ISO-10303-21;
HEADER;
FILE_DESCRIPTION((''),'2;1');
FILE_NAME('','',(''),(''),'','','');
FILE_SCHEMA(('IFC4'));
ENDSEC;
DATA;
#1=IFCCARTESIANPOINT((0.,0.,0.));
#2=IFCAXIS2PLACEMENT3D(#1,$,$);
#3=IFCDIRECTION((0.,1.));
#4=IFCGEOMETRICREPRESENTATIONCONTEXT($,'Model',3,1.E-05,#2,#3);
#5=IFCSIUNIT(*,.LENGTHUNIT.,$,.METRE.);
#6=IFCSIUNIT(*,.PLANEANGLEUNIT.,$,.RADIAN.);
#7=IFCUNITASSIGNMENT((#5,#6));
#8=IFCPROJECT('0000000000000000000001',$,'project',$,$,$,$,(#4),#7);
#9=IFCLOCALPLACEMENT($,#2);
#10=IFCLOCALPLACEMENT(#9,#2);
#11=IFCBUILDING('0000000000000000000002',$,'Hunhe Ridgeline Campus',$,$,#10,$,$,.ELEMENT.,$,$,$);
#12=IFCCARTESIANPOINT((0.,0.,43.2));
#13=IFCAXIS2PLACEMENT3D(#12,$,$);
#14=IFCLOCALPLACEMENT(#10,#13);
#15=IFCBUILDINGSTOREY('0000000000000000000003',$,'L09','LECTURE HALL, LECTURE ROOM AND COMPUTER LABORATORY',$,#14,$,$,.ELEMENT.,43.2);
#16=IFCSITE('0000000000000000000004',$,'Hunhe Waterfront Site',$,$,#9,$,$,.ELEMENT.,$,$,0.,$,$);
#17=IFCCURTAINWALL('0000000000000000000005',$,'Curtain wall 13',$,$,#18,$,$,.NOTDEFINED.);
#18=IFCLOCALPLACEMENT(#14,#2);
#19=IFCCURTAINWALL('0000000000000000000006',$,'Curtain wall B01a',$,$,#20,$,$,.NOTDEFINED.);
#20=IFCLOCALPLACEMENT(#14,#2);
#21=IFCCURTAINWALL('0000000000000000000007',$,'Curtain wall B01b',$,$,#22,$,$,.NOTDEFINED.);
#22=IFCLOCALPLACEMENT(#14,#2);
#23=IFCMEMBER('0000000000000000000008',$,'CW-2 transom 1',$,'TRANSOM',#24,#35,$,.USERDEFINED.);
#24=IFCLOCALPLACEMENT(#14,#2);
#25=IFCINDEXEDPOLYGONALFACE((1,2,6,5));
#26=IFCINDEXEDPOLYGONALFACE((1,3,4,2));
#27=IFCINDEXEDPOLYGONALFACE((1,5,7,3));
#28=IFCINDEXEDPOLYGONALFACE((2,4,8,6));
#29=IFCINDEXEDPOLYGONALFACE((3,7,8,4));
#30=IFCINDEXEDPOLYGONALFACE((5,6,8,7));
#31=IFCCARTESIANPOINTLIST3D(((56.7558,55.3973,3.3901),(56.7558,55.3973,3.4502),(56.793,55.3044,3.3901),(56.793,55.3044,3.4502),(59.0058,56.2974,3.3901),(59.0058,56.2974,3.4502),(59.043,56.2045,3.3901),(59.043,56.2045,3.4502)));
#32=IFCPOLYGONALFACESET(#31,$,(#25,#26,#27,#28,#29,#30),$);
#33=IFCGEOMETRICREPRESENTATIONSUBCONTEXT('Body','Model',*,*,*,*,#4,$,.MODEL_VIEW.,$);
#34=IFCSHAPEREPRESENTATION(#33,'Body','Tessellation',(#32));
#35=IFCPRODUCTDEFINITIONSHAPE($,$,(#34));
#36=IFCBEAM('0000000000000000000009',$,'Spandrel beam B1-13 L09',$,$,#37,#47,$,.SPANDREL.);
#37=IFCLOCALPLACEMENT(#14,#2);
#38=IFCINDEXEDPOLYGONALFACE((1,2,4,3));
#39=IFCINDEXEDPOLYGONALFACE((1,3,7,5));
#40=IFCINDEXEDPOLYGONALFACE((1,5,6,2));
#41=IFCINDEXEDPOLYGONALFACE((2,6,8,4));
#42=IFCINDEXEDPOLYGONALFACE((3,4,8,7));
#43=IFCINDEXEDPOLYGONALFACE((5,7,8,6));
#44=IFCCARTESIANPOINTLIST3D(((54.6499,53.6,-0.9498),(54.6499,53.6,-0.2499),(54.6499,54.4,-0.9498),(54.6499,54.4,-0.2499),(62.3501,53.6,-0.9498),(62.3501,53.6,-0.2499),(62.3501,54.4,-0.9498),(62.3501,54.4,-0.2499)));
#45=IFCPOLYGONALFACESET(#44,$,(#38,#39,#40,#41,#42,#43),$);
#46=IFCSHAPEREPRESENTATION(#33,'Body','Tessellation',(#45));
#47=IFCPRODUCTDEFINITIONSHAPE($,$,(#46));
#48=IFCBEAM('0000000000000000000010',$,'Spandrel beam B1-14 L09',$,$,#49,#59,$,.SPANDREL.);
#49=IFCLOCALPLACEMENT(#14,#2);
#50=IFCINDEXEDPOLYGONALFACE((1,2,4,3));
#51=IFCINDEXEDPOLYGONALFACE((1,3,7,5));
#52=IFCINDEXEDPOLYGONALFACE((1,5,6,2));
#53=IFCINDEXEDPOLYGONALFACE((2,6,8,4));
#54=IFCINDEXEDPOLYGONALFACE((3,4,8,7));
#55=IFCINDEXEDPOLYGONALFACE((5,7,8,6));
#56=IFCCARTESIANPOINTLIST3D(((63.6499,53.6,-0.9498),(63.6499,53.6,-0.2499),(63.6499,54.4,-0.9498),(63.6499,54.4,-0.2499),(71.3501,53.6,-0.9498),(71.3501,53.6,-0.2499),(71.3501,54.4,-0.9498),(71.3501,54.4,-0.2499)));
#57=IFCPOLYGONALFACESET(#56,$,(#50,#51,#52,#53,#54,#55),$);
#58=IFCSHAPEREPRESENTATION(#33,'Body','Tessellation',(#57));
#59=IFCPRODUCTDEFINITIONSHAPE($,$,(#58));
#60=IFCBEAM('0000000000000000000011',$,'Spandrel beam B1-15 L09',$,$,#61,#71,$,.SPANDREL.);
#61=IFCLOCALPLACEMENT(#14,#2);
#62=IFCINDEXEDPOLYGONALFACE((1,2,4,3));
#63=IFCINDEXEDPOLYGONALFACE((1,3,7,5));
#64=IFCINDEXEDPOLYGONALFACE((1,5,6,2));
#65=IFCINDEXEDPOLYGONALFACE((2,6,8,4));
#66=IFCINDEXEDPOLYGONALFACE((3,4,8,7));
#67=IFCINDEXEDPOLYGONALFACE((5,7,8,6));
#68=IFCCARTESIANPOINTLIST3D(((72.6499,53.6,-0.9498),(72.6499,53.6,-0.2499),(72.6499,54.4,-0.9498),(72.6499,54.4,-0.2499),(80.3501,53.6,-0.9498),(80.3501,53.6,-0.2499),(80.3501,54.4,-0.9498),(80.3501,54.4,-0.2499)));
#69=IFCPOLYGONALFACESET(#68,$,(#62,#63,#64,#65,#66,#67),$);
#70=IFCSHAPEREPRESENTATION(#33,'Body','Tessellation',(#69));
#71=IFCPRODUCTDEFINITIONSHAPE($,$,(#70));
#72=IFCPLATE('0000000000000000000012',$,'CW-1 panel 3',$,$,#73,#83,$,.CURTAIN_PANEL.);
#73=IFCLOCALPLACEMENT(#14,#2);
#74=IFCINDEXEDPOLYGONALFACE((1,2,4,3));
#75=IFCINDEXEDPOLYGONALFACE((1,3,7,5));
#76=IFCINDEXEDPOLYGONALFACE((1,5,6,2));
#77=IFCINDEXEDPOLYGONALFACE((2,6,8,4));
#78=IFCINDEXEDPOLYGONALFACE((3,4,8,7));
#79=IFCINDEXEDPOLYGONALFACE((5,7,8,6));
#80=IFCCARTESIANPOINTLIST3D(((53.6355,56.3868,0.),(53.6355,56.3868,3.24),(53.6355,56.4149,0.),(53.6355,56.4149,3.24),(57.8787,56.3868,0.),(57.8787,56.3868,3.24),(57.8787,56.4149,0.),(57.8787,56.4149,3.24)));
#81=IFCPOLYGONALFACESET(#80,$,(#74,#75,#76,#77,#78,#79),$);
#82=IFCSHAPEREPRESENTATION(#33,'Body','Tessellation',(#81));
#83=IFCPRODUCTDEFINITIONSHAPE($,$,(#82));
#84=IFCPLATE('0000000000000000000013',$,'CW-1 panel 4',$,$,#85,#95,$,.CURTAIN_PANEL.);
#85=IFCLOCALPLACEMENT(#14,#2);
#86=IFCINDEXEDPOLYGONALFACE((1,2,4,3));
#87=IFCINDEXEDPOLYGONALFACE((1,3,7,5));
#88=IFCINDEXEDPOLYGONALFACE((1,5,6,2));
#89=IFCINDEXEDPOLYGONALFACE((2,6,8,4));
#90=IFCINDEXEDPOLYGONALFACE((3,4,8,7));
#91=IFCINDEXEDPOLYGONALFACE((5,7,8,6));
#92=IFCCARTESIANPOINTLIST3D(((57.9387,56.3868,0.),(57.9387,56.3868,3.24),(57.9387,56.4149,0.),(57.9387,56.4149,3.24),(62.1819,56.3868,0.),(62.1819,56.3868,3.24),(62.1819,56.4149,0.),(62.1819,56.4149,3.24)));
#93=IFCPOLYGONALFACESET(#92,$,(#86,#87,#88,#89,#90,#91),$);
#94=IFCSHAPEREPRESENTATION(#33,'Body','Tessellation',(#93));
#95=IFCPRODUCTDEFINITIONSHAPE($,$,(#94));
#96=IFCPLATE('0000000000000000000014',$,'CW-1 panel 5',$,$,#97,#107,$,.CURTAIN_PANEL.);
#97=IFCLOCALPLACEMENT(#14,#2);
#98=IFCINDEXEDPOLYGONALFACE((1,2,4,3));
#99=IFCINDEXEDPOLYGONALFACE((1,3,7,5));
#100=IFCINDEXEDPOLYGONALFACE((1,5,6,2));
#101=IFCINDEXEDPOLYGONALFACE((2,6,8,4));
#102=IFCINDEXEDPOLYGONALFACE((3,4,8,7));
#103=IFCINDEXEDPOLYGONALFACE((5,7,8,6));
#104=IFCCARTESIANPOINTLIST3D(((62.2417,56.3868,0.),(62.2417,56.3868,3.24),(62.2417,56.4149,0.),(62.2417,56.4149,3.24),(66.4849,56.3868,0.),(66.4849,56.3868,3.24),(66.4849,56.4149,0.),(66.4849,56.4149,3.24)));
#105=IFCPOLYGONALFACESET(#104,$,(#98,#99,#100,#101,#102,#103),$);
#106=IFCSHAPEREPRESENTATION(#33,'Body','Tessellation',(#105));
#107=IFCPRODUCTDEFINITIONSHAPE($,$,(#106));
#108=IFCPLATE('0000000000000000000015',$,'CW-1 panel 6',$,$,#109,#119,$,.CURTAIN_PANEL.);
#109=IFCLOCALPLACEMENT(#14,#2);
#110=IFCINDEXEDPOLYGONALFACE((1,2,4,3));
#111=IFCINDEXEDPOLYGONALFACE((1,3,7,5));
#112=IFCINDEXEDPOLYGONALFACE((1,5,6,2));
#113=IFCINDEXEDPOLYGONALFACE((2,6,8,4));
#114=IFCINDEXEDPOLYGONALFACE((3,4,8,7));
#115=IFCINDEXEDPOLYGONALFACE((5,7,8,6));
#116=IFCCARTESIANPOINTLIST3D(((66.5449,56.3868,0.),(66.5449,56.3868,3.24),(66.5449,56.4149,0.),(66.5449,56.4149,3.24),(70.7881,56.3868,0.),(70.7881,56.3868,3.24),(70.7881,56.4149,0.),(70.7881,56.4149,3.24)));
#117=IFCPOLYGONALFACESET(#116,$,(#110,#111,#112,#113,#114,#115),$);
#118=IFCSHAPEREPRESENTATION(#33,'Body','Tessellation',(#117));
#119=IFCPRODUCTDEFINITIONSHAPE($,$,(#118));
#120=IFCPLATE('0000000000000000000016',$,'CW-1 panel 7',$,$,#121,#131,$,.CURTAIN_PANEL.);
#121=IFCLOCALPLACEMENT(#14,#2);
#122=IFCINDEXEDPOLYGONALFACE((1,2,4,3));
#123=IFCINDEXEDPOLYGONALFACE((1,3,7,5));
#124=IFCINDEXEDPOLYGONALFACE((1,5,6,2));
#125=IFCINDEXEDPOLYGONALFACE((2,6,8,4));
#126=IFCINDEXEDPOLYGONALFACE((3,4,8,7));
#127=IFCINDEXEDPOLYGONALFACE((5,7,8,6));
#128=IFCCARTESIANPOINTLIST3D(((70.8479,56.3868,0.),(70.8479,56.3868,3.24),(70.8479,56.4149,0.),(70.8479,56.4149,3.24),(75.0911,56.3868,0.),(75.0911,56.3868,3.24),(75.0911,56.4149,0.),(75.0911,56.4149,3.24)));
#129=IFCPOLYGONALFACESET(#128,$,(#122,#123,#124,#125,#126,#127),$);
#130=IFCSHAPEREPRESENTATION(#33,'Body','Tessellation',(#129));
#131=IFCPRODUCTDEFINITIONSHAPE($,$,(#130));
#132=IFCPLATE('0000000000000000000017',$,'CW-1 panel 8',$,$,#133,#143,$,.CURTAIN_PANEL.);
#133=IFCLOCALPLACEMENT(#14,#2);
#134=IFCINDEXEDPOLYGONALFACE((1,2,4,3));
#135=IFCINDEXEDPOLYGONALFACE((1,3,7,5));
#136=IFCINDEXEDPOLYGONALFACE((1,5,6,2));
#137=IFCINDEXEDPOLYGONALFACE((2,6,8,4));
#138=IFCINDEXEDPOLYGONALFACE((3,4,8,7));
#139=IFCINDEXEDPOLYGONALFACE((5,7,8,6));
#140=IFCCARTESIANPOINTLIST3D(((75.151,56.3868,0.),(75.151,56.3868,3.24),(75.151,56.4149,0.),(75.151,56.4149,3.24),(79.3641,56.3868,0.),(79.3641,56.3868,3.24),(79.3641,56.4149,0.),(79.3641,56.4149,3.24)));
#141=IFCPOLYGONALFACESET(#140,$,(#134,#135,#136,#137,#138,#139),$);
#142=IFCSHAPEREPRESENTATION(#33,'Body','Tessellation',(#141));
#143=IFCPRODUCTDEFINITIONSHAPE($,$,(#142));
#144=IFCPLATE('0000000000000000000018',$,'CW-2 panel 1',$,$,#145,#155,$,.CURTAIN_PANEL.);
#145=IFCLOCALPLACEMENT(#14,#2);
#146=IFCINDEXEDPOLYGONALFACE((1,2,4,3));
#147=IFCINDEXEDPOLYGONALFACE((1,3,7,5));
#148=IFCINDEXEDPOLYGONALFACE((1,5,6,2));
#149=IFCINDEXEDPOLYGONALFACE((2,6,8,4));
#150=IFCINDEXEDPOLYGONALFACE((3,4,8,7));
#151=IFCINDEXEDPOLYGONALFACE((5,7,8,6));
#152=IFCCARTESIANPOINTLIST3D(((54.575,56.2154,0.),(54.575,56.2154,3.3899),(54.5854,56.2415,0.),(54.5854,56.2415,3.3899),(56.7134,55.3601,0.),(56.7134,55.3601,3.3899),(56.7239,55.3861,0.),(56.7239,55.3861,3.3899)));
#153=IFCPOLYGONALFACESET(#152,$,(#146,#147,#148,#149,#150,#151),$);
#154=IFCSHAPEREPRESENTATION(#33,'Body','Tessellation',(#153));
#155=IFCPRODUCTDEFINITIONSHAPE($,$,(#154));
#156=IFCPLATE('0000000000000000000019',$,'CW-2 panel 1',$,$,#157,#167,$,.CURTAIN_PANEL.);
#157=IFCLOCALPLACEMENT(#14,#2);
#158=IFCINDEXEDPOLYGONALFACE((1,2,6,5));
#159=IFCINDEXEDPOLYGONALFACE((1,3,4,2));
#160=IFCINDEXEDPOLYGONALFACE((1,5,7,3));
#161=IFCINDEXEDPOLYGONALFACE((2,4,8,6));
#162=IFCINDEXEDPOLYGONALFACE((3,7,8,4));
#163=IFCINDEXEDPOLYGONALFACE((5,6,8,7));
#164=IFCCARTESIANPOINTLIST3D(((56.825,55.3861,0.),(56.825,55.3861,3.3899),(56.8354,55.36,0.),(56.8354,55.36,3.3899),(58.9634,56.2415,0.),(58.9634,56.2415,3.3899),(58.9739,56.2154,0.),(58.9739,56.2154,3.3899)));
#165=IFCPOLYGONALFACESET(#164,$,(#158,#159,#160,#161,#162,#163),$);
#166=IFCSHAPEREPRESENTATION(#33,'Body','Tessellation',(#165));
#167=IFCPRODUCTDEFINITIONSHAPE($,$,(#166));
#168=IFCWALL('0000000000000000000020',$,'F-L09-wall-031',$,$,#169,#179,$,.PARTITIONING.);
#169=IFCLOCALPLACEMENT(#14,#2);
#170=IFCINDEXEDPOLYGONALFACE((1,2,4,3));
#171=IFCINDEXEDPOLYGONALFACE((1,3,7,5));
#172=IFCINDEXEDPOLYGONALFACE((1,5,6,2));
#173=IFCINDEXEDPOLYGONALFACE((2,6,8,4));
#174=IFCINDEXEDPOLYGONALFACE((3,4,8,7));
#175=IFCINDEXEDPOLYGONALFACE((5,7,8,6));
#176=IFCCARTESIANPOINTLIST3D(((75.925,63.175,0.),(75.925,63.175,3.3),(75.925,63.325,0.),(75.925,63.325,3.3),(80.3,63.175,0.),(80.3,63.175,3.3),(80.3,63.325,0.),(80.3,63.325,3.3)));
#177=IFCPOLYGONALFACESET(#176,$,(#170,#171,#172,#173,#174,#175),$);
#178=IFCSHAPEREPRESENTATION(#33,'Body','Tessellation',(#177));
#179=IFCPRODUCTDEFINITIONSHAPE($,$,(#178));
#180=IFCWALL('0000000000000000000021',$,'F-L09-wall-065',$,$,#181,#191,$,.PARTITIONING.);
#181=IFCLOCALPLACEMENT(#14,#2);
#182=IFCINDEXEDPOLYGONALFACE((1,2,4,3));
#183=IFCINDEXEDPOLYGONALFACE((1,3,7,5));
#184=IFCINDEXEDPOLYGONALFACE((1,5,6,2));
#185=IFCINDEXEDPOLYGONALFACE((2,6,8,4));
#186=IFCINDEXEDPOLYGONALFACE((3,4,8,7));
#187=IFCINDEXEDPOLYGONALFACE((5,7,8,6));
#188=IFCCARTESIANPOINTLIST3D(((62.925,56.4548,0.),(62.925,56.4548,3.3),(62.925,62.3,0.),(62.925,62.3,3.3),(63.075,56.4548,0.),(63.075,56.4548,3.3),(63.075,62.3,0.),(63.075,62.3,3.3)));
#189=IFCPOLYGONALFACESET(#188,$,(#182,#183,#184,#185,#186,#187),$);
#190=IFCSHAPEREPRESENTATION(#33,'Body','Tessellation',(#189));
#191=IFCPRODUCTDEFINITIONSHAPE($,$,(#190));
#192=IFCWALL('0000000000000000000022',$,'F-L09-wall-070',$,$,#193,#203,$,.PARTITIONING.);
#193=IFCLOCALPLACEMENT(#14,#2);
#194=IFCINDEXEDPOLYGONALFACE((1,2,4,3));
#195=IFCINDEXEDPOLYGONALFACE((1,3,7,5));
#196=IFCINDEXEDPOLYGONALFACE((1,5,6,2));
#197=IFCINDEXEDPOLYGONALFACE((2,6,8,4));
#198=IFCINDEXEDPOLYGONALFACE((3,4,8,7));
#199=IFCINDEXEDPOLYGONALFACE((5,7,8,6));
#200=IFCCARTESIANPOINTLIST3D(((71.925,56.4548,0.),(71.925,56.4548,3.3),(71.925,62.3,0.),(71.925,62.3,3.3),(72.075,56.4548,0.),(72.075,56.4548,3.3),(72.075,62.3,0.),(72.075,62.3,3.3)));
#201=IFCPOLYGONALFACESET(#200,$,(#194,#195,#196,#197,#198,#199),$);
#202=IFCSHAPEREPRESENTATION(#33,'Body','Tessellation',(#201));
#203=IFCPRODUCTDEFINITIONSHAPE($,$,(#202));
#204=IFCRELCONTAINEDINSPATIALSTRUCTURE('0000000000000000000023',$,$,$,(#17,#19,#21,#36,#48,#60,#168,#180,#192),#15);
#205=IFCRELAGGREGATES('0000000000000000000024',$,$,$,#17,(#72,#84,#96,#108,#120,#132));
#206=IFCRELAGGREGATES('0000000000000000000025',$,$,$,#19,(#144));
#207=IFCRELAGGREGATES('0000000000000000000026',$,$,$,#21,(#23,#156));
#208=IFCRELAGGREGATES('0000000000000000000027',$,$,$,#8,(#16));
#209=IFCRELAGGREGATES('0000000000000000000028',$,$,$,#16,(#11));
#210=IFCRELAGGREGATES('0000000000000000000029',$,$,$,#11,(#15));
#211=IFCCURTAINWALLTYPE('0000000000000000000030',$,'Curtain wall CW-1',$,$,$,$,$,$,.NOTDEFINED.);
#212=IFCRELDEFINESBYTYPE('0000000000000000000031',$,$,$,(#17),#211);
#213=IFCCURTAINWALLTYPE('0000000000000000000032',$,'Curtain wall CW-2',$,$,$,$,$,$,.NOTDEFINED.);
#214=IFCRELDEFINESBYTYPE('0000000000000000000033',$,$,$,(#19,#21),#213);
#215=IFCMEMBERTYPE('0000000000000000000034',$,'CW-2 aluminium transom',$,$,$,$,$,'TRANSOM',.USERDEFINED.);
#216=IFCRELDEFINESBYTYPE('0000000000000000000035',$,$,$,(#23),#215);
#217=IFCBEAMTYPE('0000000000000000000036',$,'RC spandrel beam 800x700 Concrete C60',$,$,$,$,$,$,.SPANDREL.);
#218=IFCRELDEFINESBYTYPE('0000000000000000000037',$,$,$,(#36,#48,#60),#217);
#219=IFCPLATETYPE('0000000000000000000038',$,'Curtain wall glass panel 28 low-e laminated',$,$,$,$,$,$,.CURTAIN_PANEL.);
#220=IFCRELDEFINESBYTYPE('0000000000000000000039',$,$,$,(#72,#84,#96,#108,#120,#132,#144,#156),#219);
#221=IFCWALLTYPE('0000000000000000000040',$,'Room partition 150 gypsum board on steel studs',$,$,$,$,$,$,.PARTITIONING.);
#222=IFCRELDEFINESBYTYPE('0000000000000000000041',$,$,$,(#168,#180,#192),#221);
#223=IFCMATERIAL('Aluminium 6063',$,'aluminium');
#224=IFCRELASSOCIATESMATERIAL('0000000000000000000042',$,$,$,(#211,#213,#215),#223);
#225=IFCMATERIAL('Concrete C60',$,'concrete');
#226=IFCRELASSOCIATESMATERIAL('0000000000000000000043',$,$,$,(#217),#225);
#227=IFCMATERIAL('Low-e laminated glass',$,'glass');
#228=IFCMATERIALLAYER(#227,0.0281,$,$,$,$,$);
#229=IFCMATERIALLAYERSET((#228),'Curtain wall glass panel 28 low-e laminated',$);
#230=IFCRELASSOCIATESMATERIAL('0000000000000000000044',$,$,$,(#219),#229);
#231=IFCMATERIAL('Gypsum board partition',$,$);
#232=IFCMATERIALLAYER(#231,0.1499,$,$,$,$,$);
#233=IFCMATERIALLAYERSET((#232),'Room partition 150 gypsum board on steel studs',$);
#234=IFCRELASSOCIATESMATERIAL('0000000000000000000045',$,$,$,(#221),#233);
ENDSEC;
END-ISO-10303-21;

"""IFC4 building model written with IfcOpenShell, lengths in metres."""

from ifc_helpers import new_model, si_unit, direction, frame, frame_2d, origin, origin_2d, place, context, subcontext, project, spatial, rectangle, extrude, material, layer, layer_set, material_profile, profile_set, type_object, element, aggregate, save


model = new_model("IFC4")

# Units and contexts
model_context = context("Model", 3, precision=1e-05, world=origin(), true_north=direction((0.0, 1.0)))
body_context = subcontext(model_context, "Body", "Model", "MODEL_VIEW")
ifc_project = project(units=[si_unit("LENGTHUNIT", "METRE"), si_unit("PLANEANGLEUNIT", "RADIAN")], contexts=[model_context])

# Site, building, storey
site_placement = place(None, origin())
site = spatial("IfcSite", under=ifc_project, at=site_placement, Name="Hunhe Waterfront Site", CompositionType="ELEMENT", RefElevation=0.0)
building_placement = place(site_placement, origin())
building = spatial("IfcBuilding", under=site, at=building_placement, Name="Hunhe Ridgeline Campus", CompositionType="ELEMENT")
storey_placement = place(building_placement, frame((0.0, 0.0, 43.2)))
storey = spatial("IfcBuildingStorey", under=building, at=storey_placement, Name="L09", Description="LECTURE HALL, LECTURE ROOM AND COMPUTER LABORATORY", CompositionType="ELEMENT", Elevation=43.2)

# Curtain walls
ifc_material_1 = material(Name="Aluminium 6063", Category="aluminium")
curtain_wall_type_1 = type_object("IfcCurtainWallType", Name="Curtain wall CW-1", PredefinedType="NOTDEFINED", material=ifc_material_1)
curtain_wall_1_placement = place(storey_placement, origin())
curtain_wall_1 = element("IfcCurtainWall", 1, at=curtain_wall_1_placement, inside=storey, type_object=curtain_wall_type_1, Name="Curtain wall 13", PredefinedType="NOTDEFINED")
curtain_wall_type_2 = type_object("IfcCurtainWallType", Name="Curtain wall CW-2", PredefinedType="NOTDEFINED", material=ifc_material_1)
curtain_wall_2_placement = place(storey_placement, origin())
curtain_wall_2 = element("IfcCurtainWall", 2, at=curtain_wall_2_placement, inside=storey, type_object=curtain_wall_type_2, Name="Curtain wall B01a", PredefinedType="NOTDEFINED")
curtain_wall_3_placement = place(storey_placement, origin())
curtain_wall_3 = element("IfcCurtainWall", 3, at=curtain_wall_3_placement, inside=storey, type_object=curtain_wall_type_2, Name="Curtain wall B01b", PredefinedType="NOTDEFINED")

# Member
ifc_material_profile_1 = material_profile(ifc_material_1, rectangle(XDim=0.1001, YDim=0.0601, at=origin_2d()))
ifc_profile_set_1 = profile_set([ifc_material_profile_1], Name="Aluminium 6063")
member_type_1 = type_object("IfcMemberType", Name="CW-2 aluminium transom", ElementType="TRANSOM", PredefinedType="USERDEFINED", material=ifc_profile_set_1)
member_1_placement = place(storey_placement, frame((56.7744, 55.3508, 3.4202), z_axis=(0.928456, 0.371443, 0.0), x_axis=(-0.371443, 0.928456, 0.0)))
member_1 = element("IfcMember", 4, at=member_1_placement, type_object=member_type_1, Name="CW-2 transom 1", ObjectType="TRANSOM", PredefinedType="USERDEFINED", context=body_context, shape_type="SweptSolid", body=[
    extrude(rectangle(XDim=0.1001, YDim=0.0601, at=origin_2d()), origin(), (0.0, 0.0, 1.0), 2.4233),
])

# Beams
ifc_material_2 = material(Name="Concrete C60", Category="concrete")
ifc_material_profile_2 = material_profile(ifc_material_2, rectangle(XDim=0.8, YDim=0.7, at=origin_2d()))
ifc_profile_set_2 = profile_set([ifc_material_profile_2], Name="Concrete C60")
beam_type = type_object("IfcBeamType", Name="RC spandrel beam 800x700 Concrete C60", PredefinedType="SPANDREL", material=ifc_profile_set_2)
for number, where, z_axis, x_axis, name in (
    (5, (54.6499, 54.0, -0.5999), (1.0, 0.0, 0.0), (0.0, 1.0, 0.0), "Spandrel beam B1-13 L09"),
    (6, (63.6499, 54.0, -0.5999), (1.0, 0.0, 0.0), (0.0, 1.0, 0.0), "Spandrel beam B1-14 L09"),
    (7, (72.6499, 54.0, -0.5999), (1.0, 0.0, 0.0), (0.0, 1.0, 0.0), "Spandrel beam B1-15 L09"),
):
    element("IfcBeam", number, at=place(storey_placement, frame(where, z_axis=z_axis, x_axis=x_axis)), inside=storey, type_object=beam_type, Name=name, PredefinedType="SPANDREL", context=body_context, shape_type="SweptSolid", body=[
        extrude(rectangle(XDim=0.8, YDim=0.7, at=origin_2d()), origin(), (0.0, 0.0, 1.0), 7.7002),
    ])

# Plates
ifc_material_3 = material(Name="Low-e laminated glass", Category="glass")
ifc_layer_1 = layer(ifc_material_3, 0.0281)
ifc_layer_set_1 = layer_set([ifc_layer_1], Name="Curtain wall glass panel 28 low-e laminated")
plate_type = type_object("IfcPlateType", Name="Curtain wall glass panel 28 low-e laminated", PredefinedType="CURTAIN_PANEL", material=ifc_layer_set_1)
plate_1_placement = place(storey_placement, frame((55.7571, 56.4009, 0.0), z_axis=(0.0, 0.0, 1.0), x_axis=(1.0, 0.000004, 0.0)))
plate_1 = element("IfcPlate", 8, at=plate_1_placement, type_object=plate_type, Name="CW-1 panel 3", PredefinedType="CURTAIN_PANEL", context=body_context, shape_type="SweptSolid", body=[
    extrude(rectangle(XDim=4.2432, YDim=0.0281, at=origin_2d()), origin(), (0.0, 0.0, 1.0), 3.24),
])
plate_2_placement = place(storey_placement, frame((60.0603, 56.4009, 0.0), z_axis=(0.0, 0.0, 1.0), x_axis=(1.0, 0.000004, 0.0)))
plate_2 = element("IfcPlate", 9, at=plate_2_placement, type_object=plate_type, Name="CW-1 panel 4", PredefinedType="CURTAIN_PANEL", context=body_context, shape_type="SweptSolid", body=[
    extrude(rectangle(XDim=4.2432, YDim=0.0281, at=origin_2d()), origin(), (0.0, 0.0, 1.0), 3.24),
])
plate_3_placement = place(storey_placement, frame((64.3633, 56.4009, 0.0), z_axis=(0.0, 0.0, 1.0), x_axis=(1.0, 0.000004, 0.0)))
plate_3 = element("IfcPlate", 10, at=plate_3_placement, type_object=plate_type, Name="CW-1 panel 5", PredefinedType="CURTAIN_PANEL", context=body_context, shape_type="SweptSolid", body=[
    extrude(rectangle(XDim=4.2432, YDim=0.0281, at=origin_2d()), origin(), (0.0, 0.0, 1.0), 3.24),
])
plate_4_placement = place(storey_placement, frame((68.6665, 56.4009, 0.0), z_axis=(0.0, 0.0, 1.0), x_axis=(1.0, 0.000004, 0.0)))
plate_4 = element("IfcPlate", 11, at=plate_4_placement, type_object=plate_type, Name="CW-1 panel 6", PredefinedType="CURTAIN_PANEL", context=body_context, shape_type="SweptSolid", body=[
    extrude(rectangle(XDim=4.2432, YDim=0.0281, at=origin_2d()), origin(), (0.0, 0.0, 1.0), 3.24),
])
plate_5_placement = place(storey_placement, frame((72.9695, 56.4009, 0.0), z_axis=(0.0, 0.0, 1.0), x_axis=(1.0, 0.000004, 0.0)))
plate_5 = element("IfcPlate", 12, at=plate_5_placement, type_object=plate_type, Name="CW-1 panel 7", PredefinedType="CURTAIN_PANEL", context=body_context, shape_type="SweptSolid", body=[
    extrude(rectangle(XDim=4.2432, YDim=0.0281, at=origin_2d()), origin(), (0.0, 0.0, 1.0), 3.24),
])
plate_6_placement = place(storey_placement, frame((77.2576, 56.4009, 0.0), z_axis=(0.0, 0.0, 1.0), x_axis=(1.0, 0.000004, 0.0)))
plate_6 = element("IfcPlate", 13, at=plate_6_placement, type_object=plate_type, Name="CW-1 panel 8", PredefinedType="CURTAIN_PANEL", context=body_context, shape_type="SweptSolid", body=[
    extrude(rectangle(XDim=4.2131, YDim=0.0281, at=origin_2d()), origin(), (0.0, 0.0, 1.0), 3.24),
])
aggregate(curtain_wall_1, [plate_1, plate_2, plate_3, plate_4, plate_5, plate_6])
plate_7_placement = place(storey_placement, frame((55.6494, 55.8008, 0.0), z_axis=(0.0, 0.0, 1.0), x_axis=(0.928478, -0.371387, 0.0)))
plate_7 = element("IfcPlate", 14, at=plate_7_placement, type_object=plate_type, Name="CW-2 panel 1", PredefinedType="CURTAIN_PANEL", context=body_context, shape_type="SweptSolid", body=[
    extrude(rectangle(XDim=2.3032, YDim=0.0281, at=origin_2d()), origin(), (0.0, 0.0, 1.0), 3.3899),
])
aggregate(curtain_wall_2, [plate_7])
plate_8_placement = place(storey_placement, frame((57.8994, 55.8008, 0.0), z_axis=(0.0, 0.0, 1.0), x_axis=(0.928475, 0.371394, 0.0)))
plate_8 = element("IfcPlate", 15, at=plate_8_placement, type_object=plate_type, Name="CW-2 panel 1", PredefinedType="CURTAIN_PANEL", context=body_context, shape_type="SweptSolid", body=[
    extrude(rectangle(XDim=2.3032, YDim=0.0281, at=origin_2d()), origin(), (0.0, 0.0, 1.0), 3.3899),
])
aggregate(curtain_wall_3, [member_1, plate_8])

# Walls
ifc_material_4 = material(Name="Gypsum board partition")
ifc_layer_2 = layer(ifc_material_4, 0.1499)
ifc_layer_set_2 = layer_set([ifc_layer_2], Name="Room partition 150 gypsum board on steel studs")
wall_type = type_object("IfcWallType", Name="Room partition 150 gypsum board on steel studs", PredefinedType="PARTITIONING", material=ifc_layer_set_2)
wall_placement = place(storey_placement, frame((75.925, 63.25, 0.0), z_axis=(0.0, 0.0, 1.0), x_axis=(1.0, 0.0, 0.0)))
element("IfcWall", 16, at=wall_placement, inside=storey, type_object=wall_type, Name="F-L09-wall-031", PredefinedType="PARTITIONING", context=body_context, shape_type="SweptSolid", body=[
    extrude(rectangle(XDim=4.375, YDim=0.1499, at=frame_2d((2.1875, 0.0))), origin(), (0.0, 0.0, 1.0), 3.3),
])
for number, where, z_axis, x_axis, name in (
    (17, (63.0, 62.3, 0.0), (0.0, 0.0, 1.0), (0.0, -1.0, 0.0), "F-L09-wall-065"),
    (18, (72.0, 62.3, 0.0), (0.0, 0.0, 1.0), (0.0, -1.0, 0.0), "F-L09-wall-070"),
):
    element("IfcWall", number, at=place(storey_placement, frame(where, z_axis=z_axis, x_axis=x_axis)), inside=storey, type_object=wall_type, Name=name, PredefinedType="PARTITIONING", context=body_context, shape_type="SweptSolid", body=[
        extrude(rectangle(XDim=5.8452, YDim=0.1499, at=frame_2d((2.9226, 0.0))), origin(), (0.0, 0.0, 1.0), 3.3),
    ])

save(model, "model.ifc")
